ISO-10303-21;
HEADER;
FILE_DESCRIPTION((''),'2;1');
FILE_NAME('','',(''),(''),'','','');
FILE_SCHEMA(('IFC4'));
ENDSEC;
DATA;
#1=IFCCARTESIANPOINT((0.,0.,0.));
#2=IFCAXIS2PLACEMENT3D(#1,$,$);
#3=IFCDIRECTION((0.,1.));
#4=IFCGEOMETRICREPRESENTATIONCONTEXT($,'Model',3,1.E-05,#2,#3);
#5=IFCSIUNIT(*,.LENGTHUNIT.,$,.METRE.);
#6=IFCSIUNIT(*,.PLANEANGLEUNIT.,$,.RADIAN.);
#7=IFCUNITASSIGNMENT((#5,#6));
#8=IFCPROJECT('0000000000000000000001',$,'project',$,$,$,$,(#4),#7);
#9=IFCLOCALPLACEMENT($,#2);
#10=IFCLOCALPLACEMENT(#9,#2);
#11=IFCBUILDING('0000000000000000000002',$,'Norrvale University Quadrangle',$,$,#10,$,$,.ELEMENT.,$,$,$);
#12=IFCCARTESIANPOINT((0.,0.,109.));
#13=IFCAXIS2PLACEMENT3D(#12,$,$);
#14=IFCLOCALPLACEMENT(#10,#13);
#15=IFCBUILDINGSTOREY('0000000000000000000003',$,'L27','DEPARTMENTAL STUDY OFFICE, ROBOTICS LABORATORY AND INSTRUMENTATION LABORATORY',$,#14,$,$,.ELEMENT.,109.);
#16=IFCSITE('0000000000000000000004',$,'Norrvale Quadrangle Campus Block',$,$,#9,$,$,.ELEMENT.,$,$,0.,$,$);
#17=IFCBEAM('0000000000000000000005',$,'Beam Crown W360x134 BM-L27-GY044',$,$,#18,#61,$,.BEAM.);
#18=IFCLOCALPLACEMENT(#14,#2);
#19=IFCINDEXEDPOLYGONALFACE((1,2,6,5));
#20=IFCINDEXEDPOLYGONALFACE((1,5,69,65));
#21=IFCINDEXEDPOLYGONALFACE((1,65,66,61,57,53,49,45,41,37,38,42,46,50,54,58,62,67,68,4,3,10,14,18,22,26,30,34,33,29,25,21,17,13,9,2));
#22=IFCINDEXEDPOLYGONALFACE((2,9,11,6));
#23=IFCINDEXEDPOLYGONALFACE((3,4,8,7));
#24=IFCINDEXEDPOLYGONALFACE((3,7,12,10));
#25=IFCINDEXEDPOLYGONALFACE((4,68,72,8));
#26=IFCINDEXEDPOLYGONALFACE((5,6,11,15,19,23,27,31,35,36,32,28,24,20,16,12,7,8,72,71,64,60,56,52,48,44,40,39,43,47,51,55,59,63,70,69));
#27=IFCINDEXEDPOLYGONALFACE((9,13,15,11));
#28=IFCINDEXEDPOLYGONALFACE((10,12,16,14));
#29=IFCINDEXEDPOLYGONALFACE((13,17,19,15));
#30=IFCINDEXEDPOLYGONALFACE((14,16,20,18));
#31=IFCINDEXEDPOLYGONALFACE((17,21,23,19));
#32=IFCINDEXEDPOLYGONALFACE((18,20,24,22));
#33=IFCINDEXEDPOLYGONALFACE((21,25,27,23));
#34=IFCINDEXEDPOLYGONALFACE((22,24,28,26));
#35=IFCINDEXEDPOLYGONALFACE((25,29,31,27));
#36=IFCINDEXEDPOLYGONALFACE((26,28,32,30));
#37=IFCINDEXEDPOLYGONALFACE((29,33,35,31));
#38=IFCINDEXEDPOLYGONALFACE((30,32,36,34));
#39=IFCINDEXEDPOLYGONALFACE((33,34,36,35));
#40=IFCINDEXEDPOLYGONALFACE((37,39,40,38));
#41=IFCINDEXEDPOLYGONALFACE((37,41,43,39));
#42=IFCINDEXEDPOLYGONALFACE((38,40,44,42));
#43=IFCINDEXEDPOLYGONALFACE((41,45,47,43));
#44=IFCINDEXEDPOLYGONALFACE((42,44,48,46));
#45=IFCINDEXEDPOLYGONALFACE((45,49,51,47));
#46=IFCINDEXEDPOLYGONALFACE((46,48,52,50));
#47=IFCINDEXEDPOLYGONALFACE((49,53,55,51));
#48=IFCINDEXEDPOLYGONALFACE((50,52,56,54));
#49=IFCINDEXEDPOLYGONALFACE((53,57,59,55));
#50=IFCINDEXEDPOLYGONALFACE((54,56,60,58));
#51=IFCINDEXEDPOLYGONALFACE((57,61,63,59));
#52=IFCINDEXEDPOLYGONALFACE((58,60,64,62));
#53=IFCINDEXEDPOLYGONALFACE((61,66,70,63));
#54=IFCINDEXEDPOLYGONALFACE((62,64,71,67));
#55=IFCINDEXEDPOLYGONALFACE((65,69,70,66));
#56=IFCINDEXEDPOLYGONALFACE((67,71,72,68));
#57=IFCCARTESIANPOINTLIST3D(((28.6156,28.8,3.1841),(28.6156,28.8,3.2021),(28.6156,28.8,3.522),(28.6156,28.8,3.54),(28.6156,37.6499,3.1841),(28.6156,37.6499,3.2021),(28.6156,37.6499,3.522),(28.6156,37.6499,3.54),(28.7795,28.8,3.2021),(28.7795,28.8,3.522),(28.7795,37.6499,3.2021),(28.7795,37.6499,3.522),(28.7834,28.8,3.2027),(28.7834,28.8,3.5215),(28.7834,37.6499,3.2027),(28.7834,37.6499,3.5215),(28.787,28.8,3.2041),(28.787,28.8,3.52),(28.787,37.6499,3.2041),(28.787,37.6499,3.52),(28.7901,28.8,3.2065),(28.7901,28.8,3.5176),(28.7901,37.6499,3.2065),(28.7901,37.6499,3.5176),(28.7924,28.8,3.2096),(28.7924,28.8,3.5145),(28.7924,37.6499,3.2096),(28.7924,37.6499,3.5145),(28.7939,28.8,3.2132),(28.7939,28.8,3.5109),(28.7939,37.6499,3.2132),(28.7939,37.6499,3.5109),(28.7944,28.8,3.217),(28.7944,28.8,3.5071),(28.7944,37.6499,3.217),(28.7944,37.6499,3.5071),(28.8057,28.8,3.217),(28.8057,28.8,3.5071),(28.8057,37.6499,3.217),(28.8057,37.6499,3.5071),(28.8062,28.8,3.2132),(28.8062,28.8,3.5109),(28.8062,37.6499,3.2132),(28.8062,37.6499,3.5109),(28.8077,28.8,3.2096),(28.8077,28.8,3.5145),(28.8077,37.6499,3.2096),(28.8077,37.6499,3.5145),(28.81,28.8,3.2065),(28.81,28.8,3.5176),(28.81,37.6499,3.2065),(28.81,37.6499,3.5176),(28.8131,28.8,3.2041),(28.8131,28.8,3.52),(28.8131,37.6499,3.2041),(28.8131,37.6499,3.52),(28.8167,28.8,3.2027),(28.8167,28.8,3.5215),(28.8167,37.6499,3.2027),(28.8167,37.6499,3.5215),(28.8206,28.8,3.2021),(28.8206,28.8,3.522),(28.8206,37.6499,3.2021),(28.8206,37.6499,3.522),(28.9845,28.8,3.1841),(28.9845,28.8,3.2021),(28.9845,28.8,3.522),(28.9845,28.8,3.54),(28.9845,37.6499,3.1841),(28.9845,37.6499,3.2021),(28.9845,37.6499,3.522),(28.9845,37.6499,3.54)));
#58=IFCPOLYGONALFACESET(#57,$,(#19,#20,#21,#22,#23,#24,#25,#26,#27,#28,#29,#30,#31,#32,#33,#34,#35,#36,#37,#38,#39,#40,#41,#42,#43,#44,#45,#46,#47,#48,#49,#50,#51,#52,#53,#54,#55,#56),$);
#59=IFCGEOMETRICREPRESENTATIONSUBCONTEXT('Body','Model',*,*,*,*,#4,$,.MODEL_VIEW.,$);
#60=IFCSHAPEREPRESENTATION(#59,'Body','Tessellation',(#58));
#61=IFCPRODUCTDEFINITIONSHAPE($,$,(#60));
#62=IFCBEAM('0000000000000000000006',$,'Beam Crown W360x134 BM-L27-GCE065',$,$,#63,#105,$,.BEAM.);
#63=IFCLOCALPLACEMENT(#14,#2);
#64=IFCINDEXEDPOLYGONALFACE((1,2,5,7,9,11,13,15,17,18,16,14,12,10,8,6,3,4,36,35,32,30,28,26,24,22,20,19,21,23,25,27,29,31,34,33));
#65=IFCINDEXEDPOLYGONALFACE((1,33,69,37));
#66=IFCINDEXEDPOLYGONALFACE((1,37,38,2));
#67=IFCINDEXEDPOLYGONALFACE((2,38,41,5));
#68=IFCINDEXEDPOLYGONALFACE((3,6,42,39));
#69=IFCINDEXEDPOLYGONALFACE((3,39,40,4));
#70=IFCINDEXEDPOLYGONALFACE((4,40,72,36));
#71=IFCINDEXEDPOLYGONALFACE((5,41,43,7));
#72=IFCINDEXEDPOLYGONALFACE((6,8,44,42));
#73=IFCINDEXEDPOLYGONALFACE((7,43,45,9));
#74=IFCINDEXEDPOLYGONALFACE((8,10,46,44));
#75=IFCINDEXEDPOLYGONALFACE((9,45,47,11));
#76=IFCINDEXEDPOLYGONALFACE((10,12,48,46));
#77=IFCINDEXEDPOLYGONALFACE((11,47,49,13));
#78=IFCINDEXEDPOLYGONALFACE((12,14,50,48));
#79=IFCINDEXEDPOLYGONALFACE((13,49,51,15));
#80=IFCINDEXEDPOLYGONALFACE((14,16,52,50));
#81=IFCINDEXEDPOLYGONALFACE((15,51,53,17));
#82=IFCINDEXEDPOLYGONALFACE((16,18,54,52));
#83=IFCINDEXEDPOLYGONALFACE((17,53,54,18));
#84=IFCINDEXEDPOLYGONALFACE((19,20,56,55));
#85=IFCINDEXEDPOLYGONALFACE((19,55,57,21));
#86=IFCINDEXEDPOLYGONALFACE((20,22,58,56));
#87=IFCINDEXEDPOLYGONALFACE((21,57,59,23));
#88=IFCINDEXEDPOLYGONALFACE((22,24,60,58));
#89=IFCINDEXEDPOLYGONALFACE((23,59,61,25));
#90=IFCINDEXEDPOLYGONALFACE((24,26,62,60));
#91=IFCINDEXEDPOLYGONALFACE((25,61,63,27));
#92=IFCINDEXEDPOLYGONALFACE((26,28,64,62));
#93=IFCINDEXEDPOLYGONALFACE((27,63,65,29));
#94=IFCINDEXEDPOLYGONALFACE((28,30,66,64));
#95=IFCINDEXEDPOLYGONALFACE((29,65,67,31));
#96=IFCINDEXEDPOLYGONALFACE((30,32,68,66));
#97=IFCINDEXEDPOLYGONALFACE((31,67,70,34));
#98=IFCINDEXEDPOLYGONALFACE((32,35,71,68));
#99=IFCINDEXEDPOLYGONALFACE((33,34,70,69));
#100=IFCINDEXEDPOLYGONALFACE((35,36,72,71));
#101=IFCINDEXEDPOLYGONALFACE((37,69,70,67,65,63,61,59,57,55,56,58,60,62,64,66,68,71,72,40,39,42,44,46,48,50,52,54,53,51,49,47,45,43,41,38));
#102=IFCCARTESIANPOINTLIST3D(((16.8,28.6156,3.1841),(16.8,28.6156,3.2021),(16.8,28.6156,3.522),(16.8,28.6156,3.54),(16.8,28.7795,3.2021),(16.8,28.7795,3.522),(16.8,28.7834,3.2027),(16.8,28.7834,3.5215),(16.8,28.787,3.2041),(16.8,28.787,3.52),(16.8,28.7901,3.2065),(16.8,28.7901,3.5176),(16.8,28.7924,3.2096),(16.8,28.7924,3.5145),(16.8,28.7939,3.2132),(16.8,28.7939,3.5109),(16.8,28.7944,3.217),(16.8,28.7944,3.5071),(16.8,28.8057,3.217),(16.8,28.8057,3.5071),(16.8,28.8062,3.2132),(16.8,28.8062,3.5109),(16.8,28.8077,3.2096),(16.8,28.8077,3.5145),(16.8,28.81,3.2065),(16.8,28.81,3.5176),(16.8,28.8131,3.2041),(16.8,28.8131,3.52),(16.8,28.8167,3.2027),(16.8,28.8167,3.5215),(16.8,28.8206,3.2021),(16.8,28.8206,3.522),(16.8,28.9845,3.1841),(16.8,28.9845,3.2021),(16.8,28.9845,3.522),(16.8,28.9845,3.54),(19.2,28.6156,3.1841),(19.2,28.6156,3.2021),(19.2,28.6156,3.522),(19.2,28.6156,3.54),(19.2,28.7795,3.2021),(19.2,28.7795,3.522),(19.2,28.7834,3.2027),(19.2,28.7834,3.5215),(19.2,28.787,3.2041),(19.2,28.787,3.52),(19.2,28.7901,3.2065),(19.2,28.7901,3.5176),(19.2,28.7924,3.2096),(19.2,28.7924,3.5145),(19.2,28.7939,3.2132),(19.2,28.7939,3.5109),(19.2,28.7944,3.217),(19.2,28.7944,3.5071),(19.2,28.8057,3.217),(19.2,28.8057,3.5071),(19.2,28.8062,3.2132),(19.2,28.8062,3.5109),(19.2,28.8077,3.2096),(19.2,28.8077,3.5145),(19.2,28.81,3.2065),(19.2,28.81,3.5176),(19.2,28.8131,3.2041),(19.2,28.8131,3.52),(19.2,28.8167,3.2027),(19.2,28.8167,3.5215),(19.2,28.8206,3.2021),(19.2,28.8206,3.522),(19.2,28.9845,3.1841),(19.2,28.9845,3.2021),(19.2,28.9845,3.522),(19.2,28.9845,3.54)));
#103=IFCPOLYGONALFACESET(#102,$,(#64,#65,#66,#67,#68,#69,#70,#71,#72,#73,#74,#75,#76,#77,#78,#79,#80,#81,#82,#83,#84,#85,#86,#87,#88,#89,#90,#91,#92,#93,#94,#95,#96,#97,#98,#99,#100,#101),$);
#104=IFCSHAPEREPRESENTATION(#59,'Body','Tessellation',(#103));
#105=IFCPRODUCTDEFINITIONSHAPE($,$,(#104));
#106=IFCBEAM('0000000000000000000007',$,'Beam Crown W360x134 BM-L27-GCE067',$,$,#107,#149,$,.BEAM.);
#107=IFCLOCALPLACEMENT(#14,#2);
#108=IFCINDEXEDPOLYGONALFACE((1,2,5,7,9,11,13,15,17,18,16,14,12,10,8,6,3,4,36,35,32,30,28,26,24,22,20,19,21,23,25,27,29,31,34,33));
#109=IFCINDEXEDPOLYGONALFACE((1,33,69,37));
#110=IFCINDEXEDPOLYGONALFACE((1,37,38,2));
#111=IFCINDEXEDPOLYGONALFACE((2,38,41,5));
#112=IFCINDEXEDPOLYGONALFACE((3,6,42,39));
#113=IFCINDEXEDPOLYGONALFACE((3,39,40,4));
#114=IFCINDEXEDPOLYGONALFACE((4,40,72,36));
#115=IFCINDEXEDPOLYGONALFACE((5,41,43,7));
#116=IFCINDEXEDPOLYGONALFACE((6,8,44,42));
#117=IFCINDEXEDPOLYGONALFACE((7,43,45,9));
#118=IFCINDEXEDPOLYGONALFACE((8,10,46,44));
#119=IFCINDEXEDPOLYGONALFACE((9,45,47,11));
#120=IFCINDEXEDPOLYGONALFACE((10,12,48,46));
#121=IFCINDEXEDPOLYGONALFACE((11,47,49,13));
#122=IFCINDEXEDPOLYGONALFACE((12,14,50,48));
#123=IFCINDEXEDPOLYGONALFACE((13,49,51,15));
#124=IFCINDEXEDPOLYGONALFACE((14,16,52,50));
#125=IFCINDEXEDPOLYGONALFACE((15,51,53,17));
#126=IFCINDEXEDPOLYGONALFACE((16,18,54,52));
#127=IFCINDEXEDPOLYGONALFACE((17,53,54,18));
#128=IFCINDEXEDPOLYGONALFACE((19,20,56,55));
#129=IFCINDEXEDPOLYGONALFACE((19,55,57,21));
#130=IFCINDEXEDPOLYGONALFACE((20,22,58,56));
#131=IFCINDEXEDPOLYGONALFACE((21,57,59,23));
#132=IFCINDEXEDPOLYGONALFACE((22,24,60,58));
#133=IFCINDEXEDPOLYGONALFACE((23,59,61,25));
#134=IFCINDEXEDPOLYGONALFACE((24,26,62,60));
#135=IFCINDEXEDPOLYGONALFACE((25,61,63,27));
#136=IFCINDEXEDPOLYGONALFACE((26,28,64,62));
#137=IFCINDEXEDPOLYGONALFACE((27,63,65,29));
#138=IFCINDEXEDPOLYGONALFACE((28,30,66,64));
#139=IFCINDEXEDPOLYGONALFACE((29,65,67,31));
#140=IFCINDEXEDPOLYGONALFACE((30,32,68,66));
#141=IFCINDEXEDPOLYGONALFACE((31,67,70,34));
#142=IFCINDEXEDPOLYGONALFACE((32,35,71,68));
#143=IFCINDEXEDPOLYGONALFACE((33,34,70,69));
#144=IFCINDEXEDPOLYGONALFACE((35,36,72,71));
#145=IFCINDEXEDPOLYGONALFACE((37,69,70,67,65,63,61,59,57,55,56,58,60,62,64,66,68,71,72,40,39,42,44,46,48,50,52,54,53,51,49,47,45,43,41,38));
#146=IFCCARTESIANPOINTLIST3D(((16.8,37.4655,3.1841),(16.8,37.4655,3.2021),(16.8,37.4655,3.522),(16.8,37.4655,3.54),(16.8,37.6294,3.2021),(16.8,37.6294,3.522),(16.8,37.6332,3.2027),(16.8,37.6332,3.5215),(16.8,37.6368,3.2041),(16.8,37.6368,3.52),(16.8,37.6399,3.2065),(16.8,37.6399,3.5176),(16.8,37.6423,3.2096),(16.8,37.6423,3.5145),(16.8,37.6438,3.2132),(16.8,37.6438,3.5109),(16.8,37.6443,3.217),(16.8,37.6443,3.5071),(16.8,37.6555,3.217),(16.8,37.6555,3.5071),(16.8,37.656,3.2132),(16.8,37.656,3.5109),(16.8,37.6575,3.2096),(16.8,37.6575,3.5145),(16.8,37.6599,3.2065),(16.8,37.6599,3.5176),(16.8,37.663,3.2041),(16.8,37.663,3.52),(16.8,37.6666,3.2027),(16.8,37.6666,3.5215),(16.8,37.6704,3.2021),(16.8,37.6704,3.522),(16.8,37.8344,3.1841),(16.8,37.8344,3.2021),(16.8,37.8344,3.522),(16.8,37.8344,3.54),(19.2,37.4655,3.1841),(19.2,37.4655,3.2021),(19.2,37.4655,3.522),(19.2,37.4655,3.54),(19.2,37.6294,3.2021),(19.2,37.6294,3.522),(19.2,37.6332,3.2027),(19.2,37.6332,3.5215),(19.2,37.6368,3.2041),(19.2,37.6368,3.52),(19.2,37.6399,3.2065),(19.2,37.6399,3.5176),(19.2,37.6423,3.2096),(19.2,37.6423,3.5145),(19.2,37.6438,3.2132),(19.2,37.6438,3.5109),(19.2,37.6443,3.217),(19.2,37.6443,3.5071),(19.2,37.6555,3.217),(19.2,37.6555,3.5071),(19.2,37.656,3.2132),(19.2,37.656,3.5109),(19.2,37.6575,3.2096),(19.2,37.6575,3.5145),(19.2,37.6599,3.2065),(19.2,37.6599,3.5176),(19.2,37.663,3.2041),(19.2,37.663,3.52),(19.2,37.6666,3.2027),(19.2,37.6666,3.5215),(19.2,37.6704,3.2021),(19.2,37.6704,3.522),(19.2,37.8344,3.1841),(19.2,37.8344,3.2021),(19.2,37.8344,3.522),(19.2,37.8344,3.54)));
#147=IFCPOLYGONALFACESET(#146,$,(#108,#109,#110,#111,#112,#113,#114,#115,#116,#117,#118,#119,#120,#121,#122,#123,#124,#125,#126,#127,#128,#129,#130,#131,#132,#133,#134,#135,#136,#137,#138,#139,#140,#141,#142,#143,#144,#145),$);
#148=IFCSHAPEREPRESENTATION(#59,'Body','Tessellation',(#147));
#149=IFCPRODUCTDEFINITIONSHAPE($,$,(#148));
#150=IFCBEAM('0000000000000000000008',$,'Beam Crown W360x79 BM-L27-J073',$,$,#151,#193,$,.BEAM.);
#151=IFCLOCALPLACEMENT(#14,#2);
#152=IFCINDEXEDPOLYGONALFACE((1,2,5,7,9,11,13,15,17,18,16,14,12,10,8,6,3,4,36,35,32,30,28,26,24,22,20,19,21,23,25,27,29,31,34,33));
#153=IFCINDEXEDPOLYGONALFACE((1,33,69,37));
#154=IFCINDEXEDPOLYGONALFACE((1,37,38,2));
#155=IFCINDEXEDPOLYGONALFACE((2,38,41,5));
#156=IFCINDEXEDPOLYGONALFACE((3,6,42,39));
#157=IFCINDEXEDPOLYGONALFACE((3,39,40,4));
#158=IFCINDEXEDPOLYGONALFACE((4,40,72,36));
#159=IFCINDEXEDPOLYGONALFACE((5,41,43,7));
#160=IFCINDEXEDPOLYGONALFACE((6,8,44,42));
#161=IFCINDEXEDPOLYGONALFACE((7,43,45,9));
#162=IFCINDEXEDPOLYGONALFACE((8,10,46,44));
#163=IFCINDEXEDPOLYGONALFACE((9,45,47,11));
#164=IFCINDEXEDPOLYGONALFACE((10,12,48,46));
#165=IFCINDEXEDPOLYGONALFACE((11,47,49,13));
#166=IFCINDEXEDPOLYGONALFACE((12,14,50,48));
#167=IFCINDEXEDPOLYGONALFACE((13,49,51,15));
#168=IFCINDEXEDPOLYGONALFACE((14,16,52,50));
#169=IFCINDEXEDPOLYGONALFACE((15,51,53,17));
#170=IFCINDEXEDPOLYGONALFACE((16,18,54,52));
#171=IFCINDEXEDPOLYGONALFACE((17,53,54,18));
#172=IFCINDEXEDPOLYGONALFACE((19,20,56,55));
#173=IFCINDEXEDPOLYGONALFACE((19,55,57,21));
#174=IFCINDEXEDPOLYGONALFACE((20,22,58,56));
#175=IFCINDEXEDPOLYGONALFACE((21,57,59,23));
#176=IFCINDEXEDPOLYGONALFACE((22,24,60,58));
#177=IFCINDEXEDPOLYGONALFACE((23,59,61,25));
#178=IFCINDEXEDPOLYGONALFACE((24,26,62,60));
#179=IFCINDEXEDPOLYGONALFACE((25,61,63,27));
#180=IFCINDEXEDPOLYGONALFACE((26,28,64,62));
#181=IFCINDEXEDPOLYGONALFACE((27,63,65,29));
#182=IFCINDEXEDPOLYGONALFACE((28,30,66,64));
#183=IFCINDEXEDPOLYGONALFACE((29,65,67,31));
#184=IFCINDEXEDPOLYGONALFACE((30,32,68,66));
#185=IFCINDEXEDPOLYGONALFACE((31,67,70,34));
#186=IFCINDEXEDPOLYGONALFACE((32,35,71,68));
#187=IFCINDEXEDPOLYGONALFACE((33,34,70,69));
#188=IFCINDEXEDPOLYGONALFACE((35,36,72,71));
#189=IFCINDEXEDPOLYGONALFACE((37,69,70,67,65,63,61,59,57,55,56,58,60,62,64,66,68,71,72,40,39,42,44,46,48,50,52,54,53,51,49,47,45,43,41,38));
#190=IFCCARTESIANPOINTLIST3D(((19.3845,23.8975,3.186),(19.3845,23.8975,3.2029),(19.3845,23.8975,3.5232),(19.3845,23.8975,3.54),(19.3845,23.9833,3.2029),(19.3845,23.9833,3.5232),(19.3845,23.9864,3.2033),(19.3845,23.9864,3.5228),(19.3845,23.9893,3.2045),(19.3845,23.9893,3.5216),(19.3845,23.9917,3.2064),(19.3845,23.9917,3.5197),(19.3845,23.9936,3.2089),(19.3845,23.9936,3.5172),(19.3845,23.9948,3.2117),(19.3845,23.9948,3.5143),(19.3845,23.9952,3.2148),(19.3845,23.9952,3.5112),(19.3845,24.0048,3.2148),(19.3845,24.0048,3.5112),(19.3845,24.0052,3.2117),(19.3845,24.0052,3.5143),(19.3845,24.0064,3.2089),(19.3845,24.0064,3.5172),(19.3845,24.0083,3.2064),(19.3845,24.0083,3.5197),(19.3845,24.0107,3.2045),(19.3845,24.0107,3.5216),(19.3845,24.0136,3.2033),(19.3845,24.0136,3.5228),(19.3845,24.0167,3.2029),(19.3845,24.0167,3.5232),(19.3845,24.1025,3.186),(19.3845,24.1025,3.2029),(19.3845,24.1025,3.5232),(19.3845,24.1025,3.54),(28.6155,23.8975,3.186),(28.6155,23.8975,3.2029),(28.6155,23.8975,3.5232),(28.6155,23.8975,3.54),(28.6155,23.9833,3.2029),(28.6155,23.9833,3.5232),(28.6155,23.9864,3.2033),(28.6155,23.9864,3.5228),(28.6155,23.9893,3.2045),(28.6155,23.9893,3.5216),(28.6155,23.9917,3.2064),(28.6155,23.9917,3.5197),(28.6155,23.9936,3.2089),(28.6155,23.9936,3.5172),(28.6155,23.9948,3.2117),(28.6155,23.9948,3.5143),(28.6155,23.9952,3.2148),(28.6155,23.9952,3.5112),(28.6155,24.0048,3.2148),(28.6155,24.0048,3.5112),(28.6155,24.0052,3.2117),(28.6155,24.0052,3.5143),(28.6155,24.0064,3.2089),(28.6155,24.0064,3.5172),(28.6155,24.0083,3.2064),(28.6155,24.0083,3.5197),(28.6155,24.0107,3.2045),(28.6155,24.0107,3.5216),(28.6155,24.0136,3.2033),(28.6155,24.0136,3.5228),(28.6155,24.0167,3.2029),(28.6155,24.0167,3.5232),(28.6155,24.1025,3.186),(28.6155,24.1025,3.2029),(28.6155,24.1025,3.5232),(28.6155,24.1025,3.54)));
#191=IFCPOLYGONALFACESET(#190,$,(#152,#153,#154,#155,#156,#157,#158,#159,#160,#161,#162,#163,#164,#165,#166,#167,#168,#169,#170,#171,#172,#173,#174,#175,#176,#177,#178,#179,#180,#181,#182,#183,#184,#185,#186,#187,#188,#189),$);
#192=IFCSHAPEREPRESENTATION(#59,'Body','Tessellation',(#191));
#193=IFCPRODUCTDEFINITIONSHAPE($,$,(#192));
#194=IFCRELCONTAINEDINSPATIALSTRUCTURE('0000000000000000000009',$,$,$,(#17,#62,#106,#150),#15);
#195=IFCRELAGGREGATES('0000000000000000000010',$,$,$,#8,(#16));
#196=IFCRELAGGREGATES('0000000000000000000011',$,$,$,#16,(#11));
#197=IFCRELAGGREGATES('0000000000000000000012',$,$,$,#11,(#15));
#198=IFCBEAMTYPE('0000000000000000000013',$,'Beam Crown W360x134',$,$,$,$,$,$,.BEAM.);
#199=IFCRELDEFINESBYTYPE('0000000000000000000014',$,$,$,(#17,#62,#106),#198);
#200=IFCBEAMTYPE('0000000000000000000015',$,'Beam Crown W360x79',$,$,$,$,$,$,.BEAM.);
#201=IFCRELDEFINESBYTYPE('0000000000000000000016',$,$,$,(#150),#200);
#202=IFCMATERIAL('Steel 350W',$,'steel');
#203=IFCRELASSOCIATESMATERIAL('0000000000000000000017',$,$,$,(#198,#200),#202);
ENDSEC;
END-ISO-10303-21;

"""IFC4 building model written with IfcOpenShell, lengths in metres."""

from ifc_helpers import new_model, si_unit, direction, frame, origin, origin_2d, place, context, subcontext, project, spatial, i_section, extrude, material, material_profile, profile_set, type_object, element, save


model = new_model("IFC4")

# Units and contexts
model_context = context("Model", 3, precision=1e-05, world=origin(), true_north=direction((0.0, 1.0)))
body_context = subcontext(model_context, "Body", "Model", "MODEL_VIEW")
ifc_project = project(units=[si_unit("LENGTHUNIT", "METRE"), si_unit("PLANEANGLEUNIT", "RADIAN")], contexts=[model_context])

# Site, building, storey
site_placement = place(None, origin())
site = spatial("IfcSite", under=ifc_project, at=site_placement, Name="Norrvale Quadrangle Campus Block", CompositionType="ELEMENT", RefElevation=0.0)
building_placement = place(site_placement, origin())
building = spatial("IfcBuilding", under=site, at=building_placement, Name="Norrvale University Quadrangle", CompositionType="ELEMENT")
storey_placement = place(building_placement, frame((0.0, 0.0, 109.0)))
storey = spatial("IfcBuildingStorey", under=building, at=storey_placement, Name="L27", Description="DEPARTMENTAL STUDY OFFICE, ROBOTICS LABORATORY AND INSTRUMENTATION LABORATORY", CompositionType="ELEMENT", Elevation=109.0)

# Beams
ifc_material_1 = material(Name="Steel 350W", Category="steel")
ifc_material_profile_1 = material_profile(ifc_material_1, i_section(OverallWidth=0.3689, OverallDepth=0.356, WebThickness=0.0112, FlangeThickness=0.0181, FilletRadius=0.0149, at=origin_2d()), Name="Steel 350W")
ifc_profile_set_1 = profile_set([ifc_material_profile_1], Name="Steel 350W")
beam_type_1 = type_object("IfcBeamType", Name="Beam Crown W360x134", PredefinedType="BEAM", material=ifc_profile_set_1)
beam_1_placement = place(storey_placement, frame((28.8, 28.8, 3.3621), z_axis=(0.0, 1.0, 0.0), x_axis=(-1.0, 0.0, 0.0)))
element("IfcBeam", 1, at=beam_1_placement, inside=storey, type_object=beam_type_1, Name="Beam Crown W360x134 BM-L27-GY044", PredefinedType="BEAM", context=body_context, shape_type="SweptSolid", body=[
    extrude(i_section(OverallWidth=0.3689, OverallDepth=0.356, WebThickness=0.0112, FlangeThickness=0.0181, FilletRadius=0.0149, at=origin_2d()), origin(), (0.0, 0.0, 1.0), 8.8499),
])
for number, where, z_axis, x_axis, name in (
    (2, (16.8, 28.8, 3.3621), (1.0, 0.0, 0.0), (0.0, 1.0, 0.0), "Beam Crown W360x134 BM-L27-GCE065"),
    (3, (16.8, 37.6499, 3.3621), (1.0, 0.0, 0.0), (0.0, 1.0, 0.0), "Beam Crown W360x134 BM-L27-GCE067"),
):
    element("IfcBeam", number, at=place(storey_placement, frame(where, z_axis=z_axis, x_axis=x_axis)), inside=storey, type_object=beam_type_1, Name=name, PredefinedType="BEAM", context=body_context, shape_type="SweptSolid", body=[
        extrude(i_section(OverallWidth=0.3689, OverallDepth=0.356, WebThickness=0.0112, FlangeThickness=0.0181, FilletRadius=0.0149, at=origin_2d()), origin(), (0.0, 0.0, 1.0), 2.3999),
    ])
ifc_material_profile_2 = material_profile(ifc_material_1, i_section(OverallWidth=0.2051, OverallDepth=0.354, WebThickness=0.0095, FlangeThickness=0.0168, FilletRadius=0.012, at=origin_2d()), Name="Steel 350W")
ifc_profile_set_2 = profile_set([ifc_material_profile_2], Name="Steel 350W")
beam_type_2 = type_object("IfcBeamType", Name="Beam Crown W360x79", PredefinedType="BEAM", material=ifc_profile_set_2)
for number, where, z_axis, x_axis, name in (
    (4, (19.3845, 24.0, 3.363), (1.0, 0.0, 0.0), (0.0, 1.0, 0.0), "Beam Crown W360x79 BM-L27-J073"),
):
    element("IfcBeam", number, at=place(storey_placement, frame(where, z_axis=z_axis, x_axis=x_axis)), inside=storey, type_object=beam_type_2, Name=name, PredefinedType="BEAM", context=body_context, shape_type="SweptSolid", body=[
        extrude(i_section(OverallWidth=0.2051, OverallDepth=0.354, WebThickness=0.0095, FlangeThickness=0.0168, FilletRadius=0.012, at=origin_2d()), origin(), (0.0, 0.0, 1.0), 9.231),
    ])

save(model, "model.ifc")
